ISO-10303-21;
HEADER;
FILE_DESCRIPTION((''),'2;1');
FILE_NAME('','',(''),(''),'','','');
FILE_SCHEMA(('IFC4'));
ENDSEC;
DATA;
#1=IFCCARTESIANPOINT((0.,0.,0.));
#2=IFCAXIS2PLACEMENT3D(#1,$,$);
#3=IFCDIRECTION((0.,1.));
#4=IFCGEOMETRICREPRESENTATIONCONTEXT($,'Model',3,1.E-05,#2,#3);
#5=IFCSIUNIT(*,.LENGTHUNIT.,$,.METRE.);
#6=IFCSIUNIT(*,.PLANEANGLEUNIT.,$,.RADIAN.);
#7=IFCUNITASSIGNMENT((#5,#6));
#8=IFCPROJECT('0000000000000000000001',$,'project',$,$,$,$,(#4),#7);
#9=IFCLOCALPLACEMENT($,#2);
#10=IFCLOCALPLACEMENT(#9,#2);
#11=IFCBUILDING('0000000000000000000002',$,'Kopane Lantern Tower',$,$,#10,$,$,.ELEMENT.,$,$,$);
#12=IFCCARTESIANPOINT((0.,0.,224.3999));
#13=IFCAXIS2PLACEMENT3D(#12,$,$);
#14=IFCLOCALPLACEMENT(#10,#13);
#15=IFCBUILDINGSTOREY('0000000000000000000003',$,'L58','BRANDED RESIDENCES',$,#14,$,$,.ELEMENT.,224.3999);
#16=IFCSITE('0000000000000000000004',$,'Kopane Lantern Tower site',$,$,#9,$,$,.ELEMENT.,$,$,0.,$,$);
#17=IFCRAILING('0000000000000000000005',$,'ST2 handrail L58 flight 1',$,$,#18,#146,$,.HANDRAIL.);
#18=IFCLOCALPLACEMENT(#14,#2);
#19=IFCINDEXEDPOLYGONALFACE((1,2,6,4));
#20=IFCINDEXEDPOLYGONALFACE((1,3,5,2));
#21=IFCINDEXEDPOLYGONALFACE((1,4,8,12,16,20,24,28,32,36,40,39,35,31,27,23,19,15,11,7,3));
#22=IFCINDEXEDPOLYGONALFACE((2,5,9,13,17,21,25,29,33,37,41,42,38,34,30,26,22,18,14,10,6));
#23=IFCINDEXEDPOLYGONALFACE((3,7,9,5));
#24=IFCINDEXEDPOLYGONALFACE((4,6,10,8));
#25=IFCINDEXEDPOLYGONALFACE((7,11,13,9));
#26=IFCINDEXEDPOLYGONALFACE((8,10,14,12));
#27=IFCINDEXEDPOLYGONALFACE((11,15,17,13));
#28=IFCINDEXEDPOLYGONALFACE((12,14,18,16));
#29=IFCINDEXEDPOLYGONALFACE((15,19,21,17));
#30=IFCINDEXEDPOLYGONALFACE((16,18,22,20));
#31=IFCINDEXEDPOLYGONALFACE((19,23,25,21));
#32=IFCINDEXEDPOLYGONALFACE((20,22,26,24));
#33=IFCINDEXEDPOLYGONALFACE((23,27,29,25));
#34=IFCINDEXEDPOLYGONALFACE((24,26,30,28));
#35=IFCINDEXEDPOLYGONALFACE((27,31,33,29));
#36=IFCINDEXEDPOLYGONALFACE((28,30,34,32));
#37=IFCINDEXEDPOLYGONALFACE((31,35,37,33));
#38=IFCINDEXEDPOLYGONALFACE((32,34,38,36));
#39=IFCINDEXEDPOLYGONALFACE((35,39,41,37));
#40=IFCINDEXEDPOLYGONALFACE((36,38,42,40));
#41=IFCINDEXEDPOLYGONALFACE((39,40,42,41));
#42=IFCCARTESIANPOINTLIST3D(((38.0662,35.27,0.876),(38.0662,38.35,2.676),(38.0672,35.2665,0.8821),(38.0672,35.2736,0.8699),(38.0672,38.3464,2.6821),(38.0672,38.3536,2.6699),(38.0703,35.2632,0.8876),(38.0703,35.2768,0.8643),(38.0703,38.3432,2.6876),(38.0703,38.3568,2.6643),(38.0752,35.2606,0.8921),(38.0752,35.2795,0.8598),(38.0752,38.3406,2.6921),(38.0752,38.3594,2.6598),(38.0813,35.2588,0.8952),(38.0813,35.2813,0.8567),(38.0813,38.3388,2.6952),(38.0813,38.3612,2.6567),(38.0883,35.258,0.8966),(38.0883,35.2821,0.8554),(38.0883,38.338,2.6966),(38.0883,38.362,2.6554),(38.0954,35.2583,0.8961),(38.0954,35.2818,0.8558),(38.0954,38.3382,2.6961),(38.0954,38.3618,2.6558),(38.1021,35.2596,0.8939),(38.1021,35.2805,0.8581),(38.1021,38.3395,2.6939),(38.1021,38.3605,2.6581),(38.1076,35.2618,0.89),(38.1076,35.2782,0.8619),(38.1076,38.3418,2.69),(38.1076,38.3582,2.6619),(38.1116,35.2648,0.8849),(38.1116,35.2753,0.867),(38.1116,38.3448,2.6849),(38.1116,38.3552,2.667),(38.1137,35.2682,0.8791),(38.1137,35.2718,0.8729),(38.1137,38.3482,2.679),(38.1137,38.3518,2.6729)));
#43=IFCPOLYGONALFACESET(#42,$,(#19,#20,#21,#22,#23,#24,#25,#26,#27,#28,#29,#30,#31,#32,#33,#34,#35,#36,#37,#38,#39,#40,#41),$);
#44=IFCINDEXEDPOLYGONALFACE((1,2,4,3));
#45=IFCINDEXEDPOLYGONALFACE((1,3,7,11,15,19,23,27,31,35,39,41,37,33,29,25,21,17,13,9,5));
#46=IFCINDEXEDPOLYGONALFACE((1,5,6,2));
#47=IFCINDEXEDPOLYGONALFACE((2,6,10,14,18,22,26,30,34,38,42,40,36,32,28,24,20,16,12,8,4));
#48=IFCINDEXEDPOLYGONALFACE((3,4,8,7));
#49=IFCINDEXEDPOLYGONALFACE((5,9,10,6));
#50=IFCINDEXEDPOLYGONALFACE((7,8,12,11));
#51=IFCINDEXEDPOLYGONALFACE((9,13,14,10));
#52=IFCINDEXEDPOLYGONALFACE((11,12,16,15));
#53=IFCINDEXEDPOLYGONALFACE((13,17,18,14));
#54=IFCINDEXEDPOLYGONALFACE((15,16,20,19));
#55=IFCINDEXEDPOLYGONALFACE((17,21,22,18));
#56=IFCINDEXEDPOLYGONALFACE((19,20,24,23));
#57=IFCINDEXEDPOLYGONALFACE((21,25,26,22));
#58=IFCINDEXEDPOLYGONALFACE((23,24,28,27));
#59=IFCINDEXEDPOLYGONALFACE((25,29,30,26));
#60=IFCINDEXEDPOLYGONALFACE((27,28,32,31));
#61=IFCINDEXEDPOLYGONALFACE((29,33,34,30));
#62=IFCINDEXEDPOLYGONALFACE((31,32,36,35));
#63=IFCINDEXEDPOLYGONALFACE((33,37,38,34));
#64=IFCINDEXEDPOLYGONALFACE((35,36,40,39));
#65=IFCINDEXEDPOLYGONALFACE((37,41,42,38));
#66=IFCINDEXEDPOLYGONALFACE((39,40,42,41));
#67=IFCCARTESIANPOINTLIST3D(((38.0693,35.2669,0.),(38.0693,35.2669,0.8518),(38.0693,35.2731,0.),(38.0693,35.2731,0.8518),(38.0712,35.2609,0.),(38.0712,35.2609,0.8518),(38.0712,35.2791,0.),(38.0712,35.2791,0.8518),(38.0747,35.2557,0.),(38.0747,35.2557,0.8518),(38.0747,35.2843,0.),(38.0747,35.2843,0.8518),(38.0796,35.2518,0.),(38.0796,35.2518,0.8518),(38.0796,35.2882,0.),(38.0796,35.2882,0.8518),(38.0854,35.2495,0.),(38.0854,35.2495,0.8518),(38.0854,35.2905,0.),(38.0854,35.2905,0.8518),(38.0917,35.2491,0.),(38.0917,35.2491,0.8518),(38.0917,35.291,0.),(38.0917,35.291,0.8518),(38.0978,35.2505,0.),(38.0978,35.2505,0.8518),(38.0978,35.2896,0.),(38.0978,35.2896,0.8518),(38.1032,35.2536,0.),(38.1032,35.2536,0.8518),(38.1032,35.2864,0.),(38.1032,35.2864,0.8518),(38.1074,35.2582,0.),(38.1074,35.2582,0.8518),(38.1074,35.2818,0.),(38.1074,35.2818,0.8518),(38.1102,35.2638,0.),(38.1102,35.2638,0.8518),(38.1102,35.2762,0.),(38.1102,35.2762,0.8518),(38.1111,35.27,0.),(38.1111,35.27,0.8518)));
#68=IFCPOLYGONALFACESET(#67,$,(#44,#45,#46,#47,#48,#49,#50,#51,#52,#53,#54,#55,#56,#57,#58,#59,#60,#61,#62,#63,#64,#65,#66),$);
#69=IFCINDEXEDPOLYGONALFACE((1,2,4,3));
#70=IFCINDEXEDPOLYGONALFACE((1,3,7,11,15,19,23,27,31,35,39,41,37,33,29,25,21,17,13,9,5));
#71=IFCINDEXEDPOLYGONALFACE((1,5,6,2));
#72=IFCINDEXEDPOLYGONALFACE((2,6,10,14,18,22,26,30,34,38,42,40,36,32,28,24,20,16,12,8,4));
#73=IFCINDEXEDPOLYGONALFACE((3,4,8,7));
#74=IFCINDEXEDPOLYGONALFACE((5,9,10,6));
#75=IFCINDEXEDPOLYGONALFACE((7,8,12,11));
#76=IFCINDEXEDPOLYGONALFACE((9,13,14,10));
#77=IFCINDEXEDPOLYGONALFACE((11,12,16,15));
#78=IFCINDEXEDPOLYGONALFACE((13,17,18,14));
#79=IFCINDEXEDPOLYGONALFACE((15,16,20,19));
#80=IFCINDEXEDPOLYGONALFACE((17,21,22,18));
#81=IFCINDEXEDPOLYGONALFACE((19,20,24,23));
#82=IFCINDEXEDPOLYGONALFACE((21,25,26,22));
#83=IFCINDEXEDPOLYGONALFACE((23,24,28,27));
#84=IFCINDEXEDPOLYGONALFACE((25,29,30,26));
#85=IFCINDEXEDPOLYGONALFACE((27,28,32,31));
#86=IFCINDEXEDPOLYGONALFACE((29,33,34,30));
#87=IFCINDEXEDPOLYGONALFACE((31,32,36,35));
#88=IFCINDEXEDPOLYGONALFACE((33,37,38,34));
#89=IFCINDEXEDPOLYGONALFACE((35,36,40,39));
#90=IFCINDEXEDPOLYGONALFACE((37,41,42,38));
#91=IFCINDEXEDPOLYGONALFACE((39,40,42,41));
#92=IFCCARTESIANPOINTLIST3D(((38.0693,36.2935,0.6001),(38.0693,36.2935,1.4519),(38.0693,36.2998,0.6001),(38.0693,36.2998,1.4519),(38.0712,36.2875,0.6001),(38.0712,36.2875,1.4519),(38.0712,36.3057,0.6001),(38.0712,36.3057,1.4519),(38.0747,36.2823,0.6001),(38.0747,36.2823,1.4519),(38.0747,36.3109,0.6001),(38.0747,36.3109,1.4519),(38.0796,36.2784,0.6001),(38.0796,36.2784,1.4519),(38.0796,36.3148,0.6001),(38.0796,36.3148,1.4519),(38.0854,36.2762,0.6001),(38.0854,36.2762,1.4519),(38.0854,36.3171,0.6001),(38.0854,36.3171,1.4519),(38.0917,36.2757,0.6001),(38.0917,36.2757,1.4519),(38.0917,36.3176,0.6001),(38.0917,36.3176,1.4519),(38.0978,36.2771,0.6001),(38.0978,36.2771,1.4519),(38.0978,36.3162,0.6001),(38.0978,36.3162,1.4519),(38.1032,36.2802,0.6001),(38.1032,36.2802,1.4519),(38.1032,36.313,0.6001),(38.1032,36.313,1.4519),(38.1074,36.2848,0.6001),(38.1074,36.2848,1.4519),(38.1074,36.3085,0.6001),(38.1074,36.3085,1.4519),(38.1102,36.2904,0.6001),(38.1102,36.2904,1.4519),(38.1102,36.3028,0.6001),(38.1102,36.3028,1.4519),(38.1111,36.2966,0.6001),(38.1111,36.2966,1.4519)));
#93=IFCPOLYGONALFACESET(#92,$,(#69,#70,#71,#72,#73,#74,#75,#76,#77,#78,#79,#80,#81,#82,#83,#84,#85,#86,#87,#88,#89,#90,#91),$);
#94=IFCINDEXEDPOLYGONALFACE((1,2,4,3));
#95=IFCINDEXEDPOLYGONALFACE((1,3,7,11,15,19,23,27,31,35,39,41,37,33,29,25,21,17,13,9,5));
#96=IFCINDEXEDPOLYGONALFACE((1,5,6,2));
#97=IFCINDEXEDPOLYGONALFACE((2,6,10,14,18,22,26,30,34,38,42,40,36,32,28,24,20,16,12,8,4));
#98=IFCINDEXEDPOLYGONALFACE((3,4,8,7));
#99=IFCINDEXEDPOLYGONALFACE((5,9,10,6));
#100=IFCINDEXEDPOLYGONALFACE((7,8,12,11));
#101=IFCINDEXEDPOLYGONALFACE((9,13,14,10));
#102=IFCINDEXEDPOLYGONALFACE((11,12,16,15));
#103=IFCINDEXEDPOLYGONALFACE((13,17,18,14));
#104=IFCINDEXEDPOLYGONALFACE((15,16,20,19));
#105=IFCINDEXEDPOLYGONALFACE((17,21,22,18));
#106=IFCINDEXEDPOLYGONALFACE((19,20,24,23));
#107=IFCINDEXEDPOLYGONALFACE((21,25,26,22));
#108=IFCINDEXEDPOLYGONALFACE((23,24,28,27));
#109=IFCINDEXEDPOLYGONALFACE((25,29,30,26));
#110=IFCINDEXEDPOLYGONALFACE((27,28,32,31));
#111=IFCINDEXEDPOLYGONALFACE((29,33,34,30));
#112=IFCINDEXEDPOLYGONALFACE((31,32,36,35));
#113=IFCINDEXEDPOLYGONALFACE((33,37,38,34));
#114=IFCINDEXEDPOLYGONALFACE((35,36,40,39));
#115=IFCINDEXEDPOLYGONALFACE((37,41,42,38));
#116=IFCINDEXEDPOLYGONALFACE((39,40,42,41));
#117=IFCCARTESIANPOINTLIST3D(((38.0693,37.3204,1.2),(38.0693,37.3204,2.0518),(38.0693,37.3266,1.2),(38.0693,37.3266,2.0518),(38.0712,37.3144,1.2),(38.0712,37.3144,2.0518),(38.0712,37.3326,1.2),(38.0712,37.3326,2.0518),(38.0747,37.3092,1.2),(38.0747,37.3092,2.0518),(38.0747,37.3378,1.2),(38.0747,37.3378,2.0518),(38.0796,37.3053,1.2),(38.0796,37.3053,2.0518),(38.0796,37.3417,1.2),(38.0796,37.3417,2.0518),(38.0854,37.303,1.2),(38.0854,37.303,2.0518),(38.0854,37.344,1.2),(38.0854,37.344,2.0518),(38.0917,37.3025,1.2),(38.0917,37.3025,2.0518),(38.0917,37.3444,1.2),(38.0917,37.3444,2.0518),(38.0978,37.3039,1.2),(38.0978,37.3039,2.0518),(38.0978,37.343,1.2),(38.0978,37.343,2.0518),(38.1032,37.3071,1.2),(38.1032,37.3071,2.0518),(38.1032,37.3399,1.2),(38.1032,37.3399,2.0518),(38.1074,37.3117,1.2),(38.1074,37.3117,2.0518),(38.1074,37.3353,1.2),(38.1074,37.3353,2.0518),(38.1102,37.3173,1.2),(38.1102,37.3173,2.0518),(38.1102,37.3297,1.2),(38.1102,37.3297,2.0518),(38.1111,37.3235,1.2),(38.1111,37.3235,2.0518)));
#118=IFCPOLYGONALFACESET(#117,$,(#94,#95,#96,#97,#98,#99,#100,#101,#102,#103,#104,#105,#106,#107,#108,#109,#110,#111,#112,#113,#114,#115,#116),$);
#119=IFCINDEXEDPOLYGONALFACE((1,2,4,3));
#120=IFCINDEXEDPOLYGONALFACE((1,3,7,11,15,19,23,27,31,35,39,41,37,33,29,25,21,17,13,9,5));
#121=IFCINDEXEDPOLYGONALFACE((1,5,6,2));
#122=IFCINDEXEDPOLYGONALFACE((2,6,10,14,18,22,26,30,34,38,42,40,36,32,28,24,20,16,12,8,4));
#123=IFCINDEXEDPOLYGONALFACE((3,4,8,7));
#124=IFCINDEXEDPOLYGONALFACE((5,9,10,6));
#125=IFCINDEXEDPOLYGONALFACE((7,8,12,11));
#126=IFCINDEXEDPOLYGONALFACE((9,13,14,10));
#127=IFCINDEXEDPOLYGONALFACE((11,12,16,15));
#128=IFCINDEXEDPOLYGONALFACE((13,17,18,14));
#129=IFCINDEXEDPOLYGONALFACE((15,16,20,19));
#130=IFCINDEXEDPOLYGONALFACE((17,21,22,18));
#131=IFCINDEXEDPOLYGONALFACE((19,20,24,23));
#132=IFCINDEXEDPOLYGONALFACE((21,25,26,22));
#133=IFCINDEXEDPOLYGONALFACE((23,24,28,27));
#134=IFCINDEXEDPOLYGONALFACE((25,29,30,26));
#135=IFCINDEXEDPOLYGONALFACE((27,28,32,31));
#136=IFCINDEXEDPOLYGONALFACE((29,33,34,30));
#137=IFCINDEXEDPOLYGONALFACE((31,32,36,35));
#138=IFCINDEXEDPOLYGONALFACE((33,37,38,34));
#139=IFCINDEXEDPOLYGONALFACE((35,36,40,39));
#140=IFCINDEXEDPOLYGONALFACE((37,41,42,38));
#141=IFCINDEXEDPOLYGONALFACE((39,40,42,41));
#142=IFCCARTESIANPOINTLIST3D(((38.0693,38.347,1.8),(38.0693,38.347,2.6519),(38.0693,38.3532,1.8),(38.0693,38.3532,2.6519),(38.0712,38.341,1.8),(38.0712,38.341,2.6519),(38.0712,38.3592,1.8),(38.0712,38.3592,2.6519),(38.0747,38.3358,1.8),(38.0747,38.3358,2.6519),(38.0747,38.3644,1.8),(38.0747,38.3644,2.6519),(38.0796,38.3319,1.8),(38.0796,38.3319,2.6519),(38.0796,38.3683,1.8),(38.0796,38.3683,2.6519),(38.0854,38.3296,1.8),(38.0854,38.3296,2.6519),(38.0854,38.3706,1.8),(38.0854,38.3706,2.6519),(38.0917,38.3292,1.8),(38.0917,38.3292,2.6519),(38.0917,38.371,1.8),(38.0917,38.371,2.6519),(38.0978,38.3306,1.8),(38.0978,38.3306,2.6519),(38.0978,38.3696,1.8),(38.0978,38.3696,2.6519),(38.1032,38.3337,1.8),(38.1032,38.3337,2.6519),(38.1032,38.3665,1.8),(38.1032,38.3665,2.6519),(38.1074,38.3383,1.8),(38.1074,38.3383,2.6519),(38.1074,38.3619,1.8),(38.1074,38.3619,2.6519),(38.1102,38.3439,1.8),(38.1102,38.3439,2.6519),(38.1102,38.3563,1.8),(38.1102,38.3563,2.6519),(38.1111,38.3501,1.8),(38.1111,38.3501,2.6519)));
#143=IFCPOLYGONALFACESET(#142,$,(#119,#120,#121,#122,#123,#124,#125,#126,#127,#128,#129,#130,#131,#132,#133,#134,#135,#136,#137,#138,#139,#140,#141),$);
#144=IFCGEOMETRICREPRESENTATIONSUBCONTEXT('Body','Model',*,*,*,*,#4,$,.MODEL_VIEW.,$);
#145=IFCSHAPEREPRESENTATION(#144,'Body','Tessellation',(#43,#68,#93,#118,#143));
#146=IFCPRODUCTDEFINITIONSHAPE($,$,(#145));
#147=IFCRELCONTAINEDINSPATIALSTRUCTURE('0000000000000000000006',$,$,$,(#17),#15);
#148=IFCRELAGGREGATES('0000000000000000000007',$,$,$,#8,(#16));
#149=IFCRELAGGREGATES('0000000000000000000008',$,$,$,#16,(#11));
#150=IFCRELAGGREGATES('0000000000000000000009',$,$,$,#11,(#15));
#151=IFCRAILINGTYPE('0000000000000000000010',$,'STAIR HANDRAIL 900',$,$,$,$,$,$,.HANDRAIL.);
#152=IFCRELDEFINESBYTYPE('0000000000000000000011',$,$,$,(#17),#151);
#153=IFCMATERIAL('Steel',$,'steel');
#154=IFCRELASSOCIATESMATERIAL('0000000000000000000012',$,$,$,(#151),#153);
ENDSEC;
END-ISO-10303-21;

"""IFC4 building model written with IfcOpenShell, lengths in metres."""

from ifc_helpers import new_model, si_unit, direction, frame, origin, origin_2d, place, context, subcontext, project, spatial, circle, extrude, material, type_object, element, save


model = new_model("IFC4")

# Units and contexts
model_context = context("Model", 3, precision=1e-05, world=origin(), true_north=direction((0.0, 1.0)))
body_context = subcontext(model_context, "Body", "Model", "MODEL_VIEW")
ifc_project = project(units=[si_unit("LENGTHUNIT", "METRE"), si_unit("PLANEANGLEUNIT", "RADIAN")], contexts=[model_context])

# Site, building, storey
site_placement = place(None, origin())
site = spatial("IfcSite", under=ifc_project, at=site_placement, Name="Kopane Lantern Tower site", CompositionType="ELEMENT", RefElevation=0.0)
building_placement = place(site_placement, origin())
building = spatial("IfcBuilding", under=site, at=building_placement, Name="Kopane Lantern Tower", CompositionType="ELEMENT")
storey_placement = place(building_placement, frame((0.0, 0.0, 224.3999)))
storey = spatial("IfcBuildingStorey", under=building, at=storey_placement, Name="L58", Description="BRANDED RESIDENCES", CompositionType="ELEMENT", Elevation=224.3999)

# Railing
ifc_material_1 = material(Name="Steel", Category="steel")
railing_type_1 = type_object("IfcRailingType", Name="STAIR HANDRAIL 900", PredefinedType="HANDRAIL", material=ifc_material_1)
for number, where, name in (
    (1, (38.0901, 35.27, 0.0), "ST2 handrail L58 flight 1"),
):
    element("IfcRailing", number, at=place(storey_placement, frame(where)), inside=storey, type_object=railing_type_1, Name=name, PredefinedType="HANDRAIL", context=body_context, shape_type="SweptSolid", body=[
        extrude(circle(Radius=0.0239, at=origin_2d()), frame((0.0, 0.0, 0.876), z_axis=(0.0, 0.863372, 0.504569), x_axis=(-1.0, 0.0, 0.0)), (0.0, 0.0, 1.0), 3.5674),
        extrude(circle(Radius=0.021, at=origin_2d()), origin(), (0.0, 0.0, 1.0), 0.8518),
        extrude(circle(Radius=0.021, at=origin_2d()), frame((0.0, 1.0266, 0.6001)), (0.0, 0.0, 1.0), 0.8518),
        extrude(circle(Radius=0.021, at=origin_2d()), frame((0.0, 2.0535, 1.2)), (0.0, 0.0, 1.0), 0.8518),
        extrude(circle(Radius=0.021, at=origin_2d()), frame((0.0, 3.0801, 1.8)), (0.0, 0.0, 1.0), 0.8518),
    ])

save(model, "model.ifc")
